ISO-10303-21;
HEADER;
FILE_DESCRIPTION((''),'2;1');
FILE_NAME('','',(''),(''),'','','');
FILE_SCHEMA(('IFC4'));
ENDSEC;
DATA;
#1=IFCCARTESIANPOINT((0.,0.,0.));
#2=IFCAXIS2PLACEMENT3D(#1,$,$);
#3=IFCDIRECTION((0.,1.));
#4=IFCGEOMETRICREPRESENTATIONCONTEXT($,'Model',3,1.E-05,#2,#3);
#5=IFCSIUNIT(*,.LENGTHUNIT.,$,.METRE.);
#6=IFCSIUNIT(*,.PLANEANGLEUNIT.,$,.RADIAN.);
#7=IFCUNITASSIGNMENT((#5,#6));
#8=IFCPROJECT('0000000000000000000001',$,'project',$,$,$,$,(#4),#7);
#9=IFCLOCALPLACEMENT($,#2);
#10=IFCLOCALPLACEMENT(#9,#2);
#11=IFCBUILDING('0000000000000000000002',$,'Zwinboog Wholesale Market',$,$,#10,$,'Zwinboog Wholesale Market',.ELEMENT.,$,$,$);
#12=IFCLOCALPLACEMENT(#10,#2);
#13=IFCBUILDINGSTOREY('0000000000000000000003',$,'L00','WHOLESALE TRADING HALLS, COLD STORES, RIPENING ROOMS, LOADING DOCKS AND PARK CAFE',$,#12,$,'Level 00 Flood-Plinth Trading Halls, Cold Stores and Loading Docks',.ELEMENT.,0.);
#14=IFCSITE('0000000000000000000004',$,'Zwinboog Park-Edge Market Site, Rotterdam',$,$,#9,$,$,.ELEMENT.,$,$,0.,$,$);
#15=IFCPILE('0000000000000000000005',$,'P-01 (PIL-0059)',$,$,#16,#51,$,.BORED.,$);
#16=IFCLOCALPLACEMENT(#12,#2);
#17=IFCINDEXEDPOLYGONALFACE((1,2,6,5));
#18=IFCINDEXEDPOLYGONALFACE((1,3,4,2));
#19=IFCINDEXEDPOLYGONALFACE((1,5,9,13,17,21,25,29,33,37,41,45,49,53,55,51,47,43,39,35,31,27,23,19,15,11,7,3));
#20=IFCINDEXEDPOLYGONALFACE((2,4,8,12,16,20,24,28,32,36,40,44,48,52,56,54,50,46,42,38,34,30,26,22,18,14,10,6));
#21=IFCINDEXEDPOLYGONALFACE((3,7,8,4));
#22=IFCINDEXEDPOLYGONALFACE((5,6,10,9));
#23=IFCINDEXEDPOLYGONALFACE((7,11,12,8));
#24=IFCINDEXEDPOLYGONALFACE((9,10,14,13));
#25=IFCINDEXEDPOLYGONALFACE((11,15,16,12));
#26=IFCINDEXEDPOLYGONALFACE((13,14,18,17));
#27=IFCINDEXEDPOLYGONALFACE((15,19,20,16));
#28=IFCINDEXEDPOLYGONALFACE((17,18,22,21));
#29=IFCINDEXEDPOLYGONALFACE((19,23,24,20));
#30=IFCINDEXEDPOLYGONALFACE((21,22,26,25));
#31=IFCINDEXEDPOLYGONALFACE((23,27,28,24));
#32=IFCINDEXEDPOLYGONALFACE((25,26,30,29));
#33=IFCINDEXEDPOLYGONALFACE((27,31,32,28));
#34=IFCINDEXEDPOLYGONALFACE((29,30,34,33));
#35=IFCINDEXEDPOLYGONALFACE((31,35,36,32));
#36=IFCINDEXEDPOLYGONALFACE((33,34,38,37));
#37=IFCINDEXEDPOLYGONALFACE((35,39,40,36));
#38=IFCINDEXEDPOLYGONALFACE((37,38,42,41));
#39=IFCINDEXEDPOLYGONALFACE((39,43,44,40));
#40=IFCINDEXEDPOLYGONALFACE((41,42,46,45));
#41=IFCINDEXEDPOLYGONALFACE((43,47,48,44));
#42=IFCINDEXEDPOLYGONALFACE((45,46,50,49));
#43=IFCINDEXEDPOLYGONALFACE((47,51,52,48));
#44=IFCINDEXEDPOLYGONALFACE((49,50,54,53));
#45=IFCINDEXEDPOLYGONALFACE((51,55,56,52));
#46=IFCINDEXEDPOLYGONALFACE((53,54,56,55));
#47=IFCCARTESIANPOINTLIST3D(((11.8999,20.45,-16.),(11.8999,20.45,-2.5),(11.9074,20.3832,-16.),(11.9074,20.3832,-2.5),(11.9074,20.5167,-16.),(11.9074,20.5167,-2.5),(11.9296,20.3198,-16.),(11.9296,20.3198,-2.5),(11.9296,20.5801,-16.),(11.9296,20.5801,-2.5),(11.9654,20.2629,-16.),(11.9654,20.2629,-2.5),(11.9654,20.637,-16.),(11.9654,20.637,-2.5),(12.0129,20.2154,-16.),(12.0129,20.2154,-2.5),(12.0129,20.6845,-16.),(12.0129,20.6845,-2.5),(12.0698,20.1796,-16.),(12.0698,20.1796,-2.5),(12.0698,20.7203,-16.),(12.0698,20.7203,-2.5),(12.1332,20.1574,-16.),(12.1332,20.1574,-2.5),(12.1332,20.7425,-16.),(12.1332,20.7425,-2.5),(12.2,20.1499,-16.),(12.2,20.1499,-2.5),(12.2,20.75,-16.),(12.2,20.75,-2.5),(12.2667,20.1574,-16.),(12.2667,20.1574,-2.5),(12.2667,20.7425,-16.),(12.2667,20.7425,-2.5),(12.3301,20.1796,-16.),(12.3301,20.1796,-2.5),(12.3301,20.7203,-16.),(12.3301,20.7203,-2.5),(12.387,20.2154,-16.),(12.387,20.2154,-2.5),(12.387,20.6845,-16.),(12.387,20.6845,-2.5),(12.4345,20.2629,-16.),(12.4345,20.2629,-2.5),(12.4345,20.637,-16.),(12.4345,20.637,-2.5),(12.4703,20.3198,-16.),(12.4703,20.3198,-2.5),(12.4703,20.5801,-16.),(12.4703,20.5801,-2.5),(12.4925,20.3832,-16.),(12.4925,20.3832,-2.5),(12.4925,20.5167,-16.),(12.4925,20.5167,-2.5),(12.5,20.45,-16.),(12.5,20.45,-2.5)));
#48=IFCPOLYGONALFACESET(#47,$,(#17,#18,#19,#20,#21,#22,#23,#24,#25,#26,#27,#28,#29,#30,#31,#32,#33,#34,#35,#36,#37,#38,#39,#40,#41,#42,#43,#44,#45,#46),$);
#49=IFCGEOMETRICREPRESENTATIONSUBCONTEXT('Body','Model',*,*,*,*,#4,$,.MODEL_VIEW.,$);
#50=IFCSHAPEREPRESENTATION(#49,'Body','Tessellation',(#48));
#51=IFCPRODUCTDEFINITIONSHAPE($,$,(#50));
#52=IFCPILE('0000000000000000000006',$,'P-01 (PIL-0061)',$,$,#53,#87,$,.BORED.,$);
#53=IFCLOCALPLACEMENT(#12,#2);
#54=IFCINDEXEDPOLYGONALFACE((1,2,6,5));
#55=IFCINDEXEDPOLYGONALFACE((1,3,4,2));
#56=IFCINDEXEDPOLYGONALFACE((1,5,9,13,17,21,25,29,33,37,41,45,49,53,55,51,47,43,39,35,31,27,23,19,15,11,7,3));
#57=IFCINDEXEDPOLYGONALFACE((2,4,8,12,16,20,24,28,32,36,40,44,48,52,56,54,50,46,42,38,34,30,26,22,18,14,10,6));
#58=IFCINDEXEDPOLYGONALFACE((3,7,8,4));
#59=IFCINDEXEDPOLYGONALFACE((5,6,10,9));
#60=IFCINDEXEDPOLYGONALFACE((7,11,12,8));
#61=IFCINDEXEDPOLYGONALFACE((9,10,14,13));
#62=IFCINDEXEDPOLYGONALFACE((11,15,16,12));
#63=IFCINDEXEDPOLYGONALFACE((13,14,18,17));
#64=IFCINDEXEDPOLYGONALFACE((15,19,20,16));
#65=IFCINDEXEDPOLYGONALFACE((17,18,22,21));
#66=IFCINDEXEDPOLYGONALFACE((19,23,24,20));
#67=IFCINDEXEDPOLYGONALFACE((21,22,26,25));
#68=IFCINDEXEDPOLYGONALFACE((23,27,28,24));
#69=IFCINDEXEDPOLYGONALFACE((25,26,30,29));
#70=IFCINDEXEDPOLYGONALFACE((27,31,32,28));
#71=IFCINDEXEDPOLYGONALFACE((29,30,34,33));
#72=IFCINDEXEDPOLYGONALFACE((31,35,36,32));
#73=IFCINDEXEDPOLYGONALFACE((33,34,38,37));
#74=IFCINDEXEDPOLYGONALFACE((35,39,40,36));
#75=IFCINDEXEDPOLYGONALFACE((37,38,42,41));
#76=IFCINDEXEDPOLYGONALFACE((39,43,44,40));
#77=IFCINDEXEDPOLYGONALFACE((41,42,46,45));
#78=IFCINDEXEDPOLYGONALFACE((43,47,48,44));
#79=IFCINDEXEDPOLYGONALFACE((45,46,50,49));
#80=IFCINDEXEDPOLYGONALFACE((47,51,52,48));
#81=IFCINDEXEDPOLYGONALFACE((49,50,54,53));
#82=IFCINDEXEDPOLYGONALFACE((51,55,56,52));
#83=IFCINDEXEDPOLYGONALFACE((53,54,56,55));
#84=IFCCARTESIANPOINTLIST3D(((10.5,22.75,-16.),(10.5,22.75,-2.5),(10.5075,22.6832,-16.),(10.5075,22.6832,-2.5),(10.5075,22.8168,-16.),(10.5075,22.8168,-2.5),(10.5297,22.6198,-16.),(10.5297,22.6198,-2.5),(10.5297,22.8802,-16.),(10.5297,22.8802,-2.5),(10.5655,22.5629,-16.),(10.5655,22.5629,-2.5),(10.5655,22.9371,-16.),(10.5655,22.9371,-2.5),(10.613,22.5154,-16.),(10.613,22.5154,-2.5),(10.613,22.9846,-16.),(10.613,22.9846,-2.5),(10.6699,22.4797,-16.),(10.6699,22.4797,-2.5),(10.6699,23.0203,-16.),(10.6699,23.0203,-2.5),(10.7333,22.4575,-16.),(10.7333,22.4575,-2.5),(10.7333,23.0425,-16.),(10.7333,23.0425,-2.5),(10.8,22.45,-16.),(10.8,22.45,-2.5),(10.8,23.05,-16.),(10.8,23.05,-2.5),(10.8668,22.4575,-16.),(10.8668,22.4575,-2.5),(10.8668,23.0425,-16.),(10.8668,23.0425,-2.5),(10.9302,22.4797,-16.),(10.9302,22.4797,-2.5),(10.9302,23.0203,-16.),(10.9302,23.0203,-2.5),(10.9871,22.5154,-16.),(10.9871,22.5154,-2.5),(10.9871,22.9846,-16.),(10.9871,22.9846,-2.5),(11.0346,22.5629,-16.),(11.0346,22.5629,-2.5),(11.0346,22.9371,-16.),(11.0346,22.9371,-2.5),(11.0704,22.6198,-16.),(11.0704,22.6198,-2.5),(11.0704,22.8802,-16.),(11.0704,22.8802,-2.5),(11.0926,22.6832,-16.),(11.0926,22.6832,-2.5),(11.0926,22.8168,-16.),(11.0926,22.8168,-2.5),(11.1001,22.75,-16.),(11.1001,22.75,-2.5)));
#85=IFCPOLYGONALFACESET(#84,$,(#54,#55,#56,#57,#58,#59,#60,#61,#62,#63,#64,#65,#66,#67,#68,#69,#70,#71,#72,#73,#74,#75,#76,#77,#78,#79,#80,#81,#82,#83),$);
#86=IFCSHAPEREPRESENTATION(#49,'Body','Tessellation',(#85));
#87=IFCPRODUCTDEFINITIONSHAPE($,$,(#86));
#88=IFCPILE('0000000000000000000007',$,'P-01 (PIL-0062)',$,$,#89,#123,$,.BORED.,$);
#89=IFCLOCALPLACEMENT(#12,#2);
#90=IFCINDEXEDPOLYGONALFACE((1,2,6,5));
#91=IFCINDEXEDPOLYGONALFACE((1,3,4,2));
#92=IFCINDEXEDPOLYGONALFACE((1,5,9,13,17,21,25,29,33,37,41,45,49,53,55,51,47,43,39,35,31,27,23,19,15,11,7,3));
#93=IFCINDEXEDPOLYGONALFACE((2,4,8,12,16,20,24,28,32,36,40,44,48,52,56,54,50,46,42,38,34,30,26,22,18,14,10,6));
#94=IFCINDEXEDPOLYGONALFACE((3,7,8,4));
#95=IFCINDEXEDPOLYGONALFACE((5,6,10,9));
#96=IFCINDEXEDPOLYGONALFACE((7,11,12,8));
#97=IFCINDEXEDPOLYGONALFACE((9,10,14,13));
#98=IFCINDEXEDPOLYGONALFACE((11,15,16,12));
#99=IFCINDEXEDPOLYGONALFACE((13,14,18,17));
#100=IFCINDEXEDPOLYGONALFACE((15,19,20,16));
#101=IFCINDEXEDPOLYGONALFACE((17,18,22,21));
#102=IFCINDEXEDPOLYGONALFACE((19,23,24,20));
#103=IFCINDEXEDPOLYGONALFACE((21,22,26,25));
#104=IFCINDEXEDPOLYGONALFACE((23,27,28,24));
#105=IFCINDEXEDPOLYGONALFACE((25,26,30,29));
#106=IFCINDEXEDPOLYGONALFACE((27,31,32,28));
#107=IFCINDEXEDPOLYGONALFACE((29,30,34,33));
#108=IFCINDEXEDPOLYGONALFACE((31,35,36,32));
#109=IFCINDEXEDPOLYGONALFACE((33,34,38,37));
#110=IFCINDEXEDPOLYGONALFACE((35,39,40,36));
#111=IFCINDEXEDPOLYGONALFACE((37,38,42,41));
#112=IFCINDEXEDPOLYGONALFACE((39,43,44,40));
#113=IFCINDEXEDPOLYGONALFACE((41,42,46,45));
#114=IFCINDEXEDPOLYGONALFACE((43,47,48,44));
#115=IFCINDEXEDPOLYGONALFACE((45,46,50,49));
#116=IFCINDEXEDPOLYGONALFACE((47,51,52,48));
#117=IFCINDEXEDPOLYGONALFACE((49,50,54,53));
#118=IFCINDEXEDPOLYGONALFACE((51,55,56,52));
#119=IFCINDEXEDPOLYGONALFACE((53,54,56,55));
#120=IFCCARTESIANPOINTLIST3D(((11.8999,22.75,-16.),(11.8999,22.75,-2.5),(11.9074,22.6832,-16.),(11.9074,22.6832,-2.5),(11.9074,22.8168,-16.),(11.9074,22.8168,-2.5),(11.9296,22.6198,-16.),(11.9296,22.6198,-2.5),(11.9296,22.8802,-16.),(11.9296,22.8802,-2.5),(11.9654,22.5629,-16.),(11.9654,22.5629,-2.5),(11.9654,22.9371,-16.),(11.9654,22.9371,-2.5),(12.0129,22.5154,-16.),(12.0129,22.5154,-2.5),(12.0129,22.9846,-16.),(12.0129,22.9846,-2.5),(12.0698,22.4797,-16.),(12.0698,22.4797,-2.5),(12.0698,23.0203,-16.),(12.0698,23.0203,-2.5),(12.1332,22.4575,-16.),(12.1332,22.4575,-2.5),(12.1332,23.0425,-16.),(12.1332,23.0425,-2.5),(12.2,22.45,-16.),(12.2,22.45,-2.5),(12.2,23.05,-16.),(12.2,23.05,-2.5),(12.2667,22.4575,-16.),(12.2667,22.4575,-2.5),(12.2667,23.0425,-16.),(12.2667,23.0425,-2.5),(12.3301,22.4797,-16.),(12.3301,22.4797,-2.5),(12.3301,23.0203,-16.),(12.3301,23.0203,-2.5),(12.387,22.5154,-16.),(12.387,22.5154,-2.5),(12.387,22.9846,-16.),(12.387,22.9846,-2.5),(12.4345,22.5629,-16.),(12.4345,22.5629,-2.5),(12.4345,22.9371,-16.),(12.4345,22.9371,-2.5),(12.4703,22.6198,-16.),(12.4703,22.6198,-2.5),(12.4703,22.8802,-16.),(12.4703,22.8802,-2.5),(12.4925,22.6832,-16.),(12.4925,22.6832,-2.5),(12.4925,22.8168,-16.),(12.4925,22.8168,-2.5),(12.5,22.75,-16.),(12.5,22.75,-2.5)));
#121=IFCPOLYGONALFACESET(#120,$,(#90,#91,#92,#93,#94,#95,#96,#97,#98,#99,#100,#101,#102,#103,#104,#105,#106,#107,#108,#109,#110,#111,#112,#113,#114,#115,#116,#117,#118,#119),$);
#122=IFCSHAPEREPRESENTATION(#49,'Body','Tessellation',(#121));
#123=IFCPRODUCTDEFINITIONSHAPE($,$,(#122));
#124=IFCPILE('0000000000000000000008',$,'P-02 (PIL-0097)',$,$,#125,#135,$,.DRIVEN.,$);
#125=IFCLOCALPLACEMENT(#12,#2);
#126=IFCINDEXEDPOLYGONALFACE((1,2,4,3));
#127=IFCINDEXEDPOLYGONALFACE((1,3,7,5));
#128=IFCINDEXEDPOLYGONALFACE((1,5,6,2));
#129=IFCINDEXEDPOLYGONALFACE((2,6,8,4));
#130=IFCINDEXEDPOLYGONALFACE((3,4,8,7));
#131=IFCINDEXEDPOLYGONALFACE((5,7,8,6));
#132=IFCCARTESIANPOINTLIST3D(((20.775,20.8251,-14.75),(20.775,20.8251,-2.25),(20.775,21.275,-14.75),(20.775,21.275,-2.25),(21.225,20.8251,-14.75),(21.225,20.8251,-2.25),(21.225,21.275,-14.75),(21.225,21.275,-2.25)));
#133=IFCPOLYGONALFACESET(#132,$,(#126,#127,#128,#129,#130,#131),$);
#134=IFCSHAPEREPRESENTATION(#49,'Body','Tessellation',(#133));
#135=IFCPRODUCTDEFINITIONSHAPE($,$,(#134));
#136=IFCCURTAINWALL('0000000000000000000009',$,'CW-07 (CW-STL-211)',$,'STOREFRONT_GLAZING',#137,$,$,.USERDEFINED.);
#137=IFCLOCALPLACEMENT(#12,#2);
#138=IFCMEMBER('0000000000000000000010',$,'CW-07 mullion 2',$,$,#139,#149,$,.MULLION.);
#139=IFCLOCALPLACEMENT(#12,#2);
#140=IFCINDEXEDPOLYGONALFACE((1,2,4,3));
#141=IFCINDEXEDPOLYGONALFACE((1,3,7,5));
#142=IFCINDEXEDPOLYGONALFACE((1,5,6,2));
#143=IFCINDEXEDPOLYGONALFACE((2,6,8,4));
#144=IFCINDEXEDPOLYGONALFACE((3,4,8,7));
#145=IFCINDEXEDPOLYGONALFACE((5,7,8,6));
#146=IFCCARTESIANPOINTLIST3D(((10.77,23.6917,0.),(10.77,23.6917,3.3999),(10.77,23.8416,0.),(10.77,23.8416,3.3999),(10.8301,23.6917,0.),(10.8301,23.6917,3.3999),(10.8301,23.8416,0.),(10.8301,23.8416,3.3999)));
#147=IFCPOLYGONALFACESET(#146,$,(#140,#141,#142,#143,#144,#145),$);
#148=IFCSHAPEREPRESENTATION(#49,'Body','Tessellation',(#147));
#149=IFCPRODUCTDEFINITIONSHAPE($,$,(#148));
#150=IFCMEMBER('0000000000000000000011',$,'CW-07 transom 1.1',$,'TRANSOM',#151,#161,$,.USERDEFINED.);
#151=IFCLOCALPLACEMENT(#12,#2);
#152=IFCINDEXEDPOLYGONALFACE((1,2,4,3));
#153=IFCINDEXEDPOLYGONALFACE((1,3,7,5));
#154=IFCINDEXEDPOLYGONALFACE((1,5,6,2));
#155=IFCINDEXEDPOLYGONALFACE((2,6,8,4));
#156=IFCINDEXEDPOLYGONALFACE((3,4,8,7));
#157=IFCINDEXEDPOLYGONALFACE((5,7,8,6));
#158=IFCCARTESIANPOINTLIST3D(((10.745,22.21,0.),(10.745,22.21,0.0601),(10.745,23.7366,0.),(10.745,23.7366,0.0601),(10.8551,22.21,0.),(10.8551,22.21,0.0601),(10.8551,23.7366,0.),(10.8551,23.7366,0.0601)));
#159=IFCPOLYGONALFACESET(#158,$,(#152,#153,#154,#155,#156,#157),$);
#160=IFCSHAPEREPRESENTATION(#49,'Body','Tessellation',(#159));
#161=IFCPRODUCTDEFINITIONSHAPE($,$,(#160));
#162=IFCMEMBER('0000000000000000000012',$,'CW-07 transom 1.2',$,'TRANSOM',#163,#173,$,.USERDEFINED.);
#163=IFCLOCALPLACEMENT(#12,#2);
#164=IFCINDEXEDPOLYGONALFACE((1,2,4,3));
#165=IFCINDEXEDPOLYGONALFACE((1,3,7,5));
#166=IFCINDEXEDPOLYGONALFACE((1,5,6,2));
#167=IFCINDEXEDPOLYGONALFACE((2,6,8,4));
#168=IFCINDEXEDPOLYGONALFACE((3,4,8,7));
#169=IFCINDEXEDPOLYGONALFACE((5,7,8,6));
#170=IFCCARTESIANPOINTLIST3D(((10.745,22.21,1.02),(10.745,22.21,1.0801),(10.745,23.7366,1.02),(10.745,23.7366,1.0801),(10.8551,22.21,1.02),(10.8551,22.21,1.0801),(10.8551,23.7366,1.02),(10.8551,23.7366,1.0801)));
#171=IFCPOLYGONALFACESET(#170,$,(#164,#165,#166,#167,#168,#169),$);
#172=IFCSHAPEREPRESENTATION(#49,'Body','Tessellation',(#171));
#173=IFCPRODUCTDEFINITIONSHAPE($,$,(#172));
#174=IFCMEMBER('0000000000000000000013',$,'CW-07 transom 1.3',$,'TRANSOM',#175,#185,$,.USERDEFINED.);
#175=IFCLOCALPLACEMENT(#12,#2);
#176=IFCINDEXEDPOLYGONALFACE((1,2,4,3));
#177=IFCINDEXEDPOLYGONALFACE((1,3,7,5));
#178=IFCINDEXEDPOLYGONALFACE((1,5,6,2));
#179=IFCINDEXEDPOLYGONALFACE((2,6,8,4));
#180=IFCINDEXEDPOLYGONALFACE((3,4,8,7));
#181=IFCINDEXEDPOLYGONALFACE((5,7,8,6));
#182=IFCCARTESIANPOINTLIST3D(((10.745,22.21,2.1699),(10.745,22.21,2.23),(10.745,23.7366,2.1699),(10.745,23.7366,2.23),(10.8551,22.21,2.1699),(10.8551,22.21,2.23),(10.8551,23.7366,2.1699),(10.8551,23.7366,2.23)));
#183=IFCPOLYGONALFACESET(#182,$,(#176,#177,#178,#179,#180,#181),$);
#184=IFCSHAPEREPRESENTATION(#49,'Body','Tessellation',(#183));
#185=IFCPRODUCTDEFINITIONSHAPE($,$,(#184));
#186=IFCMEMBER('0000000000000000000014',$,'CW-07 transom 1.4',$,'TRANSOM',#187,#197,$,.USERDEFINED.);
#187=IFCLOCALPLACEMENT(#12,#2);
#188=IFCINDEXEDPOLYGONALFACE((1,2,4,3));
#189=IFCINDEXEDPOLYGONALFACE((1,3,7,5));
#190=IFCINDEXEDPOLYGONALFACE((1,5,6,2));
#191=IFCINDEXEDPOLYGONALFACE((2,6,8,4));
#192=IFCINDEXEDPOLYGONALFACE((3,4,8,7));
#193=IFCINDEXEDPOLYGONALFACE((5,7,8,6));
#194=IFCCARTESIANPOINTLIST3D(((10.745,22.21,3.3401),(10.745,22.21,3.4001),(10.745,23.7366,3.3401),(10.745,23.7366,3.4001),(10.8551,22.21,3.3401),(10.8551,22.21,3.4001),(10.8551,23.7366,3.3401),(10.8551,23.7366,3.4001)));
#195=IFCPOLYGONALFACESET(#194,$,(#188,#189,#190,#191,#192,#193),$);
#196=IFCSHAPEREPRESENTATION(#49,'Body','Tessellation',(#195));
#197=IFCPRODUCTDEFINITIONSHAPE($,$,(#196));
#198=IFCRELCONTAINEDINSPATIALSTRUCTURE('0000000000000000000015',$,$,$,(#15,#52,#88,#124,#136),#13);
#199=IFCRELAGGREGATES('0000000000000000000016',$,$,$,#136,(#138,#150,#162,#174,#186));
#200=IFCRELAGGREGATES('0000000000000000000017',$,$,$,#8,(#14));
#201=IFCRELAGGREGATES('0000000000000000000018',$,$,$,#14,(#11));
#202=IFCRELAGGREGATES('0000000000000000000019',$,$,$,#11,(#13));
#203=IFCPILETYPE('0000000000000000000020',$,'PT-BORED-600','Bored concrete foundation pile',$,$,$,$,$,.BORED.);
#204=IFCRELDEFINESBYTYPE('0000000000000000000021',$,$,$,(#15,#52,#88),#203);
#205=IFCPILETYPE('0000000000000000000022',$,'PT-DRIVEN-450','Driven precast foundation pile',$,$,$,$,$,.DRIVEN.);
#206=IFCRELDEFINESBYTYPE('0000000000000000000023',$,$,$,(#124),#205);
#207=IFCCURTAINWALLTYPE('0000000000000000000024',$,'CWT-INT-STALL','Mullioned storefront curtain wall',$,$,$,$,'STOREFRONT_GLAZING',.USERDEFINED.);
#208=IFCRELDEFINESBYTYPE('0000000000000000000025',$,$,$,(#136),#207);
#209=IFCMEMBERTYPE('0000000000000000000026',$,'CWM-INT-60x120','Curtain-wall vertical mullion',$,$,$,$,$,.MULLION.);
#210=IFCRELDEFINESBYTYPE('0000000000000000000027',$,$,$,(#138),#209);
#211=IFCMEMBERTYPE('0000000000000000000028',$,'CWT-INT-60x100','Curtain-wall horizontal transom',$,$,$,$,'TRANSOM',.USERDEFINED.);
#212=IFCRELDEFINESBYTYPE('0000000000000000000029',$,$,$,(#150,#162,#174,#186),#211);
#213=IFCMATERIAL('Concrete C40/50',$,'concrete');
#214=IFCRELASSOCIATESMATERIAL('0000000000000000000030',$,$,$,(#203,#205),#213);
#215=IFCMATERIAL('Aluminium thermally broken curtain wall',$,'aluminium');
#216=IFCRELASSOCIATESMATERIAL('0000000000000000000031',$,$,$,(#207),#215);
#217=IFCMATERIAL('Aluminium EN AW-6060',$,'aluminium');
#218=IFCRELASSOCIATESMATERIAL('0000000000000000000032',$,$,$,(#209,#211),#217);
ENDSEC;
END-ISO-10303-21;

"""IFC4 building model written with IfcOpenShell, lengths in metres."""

from ifc_helpers import new_model, si_unit, direction, frame, origin, origin_2d, place, context, subcontext, project, spatial, rectangle, circle, extrude, material, material_profile, profile_set, type_object, element, aggregate, save


model = new_model("IFC4")

# Units and contexts
model_context = context("Model", 3, precision=1e-05, world=origin(), true_north=direction((0.0, 1.0)))
body_context = subcontext(model_context, "Body", "Model", "MODEL_VIEW")
ifc_project = project(units=[si_unit("LENGTHUNIT", "METRE"), si_unit("PLANEANGLEUNIT", "RADIAN")], contexts=[model_context])

# Site, building, storey
site_placement = place(None, origin())
site = spatial("IfcSite", under=ifc_project, at=site_placement, Name="Zwinboog Park-Edge Market Site, Rotterdam", CompositionType="ELEMENT", RefElevation=0.0)
building_placement = place(site_placement, origin())
building = spatial("IfcBuilding", under=site, at=building_placement, Name="Zwinboog Wholesale Market", LongName="Zwinboog Wholesale Market", CompositionType="ELEMENT")
storey_placement = place(building_placement, origin())
storey = spatial("IfcBuildingStorey", under=building, at=storey_placement, Name="L00", Description="WHOLESALE TRADING HALLS, COLD STORES, RIPENING ROOMS, LOADING DOCKS AND PARK CAFE", LongName="Level 00 Flood-Plinth Trading Halls, Cold Stores and Loading Docks", CompositionType="ELEMENT", Elevation=0.0)

# Piles
ifc_material_1 = material(Name="Concrete C40/50", Category="concrete")
ifc_material_profile_1 = material_profile(ifc_material_1, circle(Radius=0.3, at=origin_2d()), Name="PILE D600")
ifc_profile_set_1 = profile_set([ifc_material_profile_1], Name="Concrete C40/50")
pile_type_1 = type_object("IfcPileType", Name="PT-BORED-600", Description="Bored concrete foundation pile", PredefinedType="BORED", material=ifc_profile_set_1)
for number, where, z_axis, x_axis, name in (
    (1, (12.2, 20.45, -2.5), (0.0, 0.0, -1.0), (1.0, 0.0, 0.0), "P-01 (PIL-0059)"),
    (2, (10.8, 22.75, -2.5), (0.0, 0.0, -1.0), (1.0, 0.0, 0.0), "P-01 (PIL-0061)"),
    (3, (12.2, 22.75, -2.5), (0.0, 0.0, -1.0), (1.0, 0.0, 0.0), "P-01 (PIL-0062)"),
):
    element("IfcPile", number, at=place(storey_placement, frame(where, z_axis=z_axis, x_axis=x_axis)), inside=storey, type_object=pile_type_1, Name=name, PredefinedType="BORED", context=body_context, shape_type="SweptSolid", body=[
        extrude(circle(Radius=0.3, at=origin_2d()), origin(), (0.0, 0.0, 1.0), 13.5),
    ])
ifc_material_profile_2 = material_profile(ifc_material_1, rectangle(XDim=0.45, YDim=0.45, at=origin_2d()), Name="PILE SQ450")
ifc_profile_set_2 = profile_set([ifc_material_profile_2], Name="Concrete C40/50")
pile_type_2 = type_object("IfcPileType", Name="PT-DRIVEN-450", Description="Driven precast foundation pile", PredefinedType="DRIVEN", material=ifc_profile_set_2)
pile_placement = place(storey_placement, frame((21.0, 21.05, -2.25), z_axis=(0.0, 0.0, -1.0), x_axis=(1.0, 0.0, 0.0)))
element("IfcPile", 4, at=pile_placement, inside=storey, type_object=pile_type_2, Name="P-02 (PIL-0097)", PredefinedType="DRIVEN", context=body_context, shape_type="SweptSolid", body=[
    extrude(rectangle(XDim=0.45, YDim=0.45, at=origin_2d()), origin(), (0.0, 0.0, 1.0), 12.5),
])

# Curtain wall, members
ifc_material_2 = material(Name="Aluminium thermally broken curtain wall", Category="aluminium")
curtain_wall_type = type_object("IfcCurtainWallType", Name="CWT-INT-STALL", Description="Mullioned storefront curtain wall", ElementType="STOREFRONT_GLAZING", PredefinedType="USERDEFINED", material=ifc_material_2)
curtain_wall_placement = place(storey_placement, origin())
curtain_wall = element("IfcCurtainWall", 5, at=curtain_wall_placement, inside=storey, type_object=curtain_wall_type, Name="CW-07 (CW-STL-211)", ObjectType="STOREFRONT_GLAZING", PredefinedType="USERDEFINED")
ifc_material_3 = material(Name="Aluminium EN AW-6060", Category="aluminium")
ifc_material_profile_3 = material_profile(ifc_material_3, rectangle(XDim=0.0601, YDim=0.1499, at=origin_2d()), Name="AL 60x150")
ifc_profile_set_3 = profile_set([ifc_material_profile_3], Name="Aluminium EN AW-6060")
member_type_1 = type_object("IfcMemberType", Name="CWM-INT-60x120", Description="Curtain-wall vertical mullion", PredefinedType="MULLION", material=ifc_profile_set_3)
member_1_placement = place(storey_placement, frame((10.8, 23.7666, 0.0), z_axis=(0.0, 0.0, 1.0), x_axis=(-1.0, 0.0, 0.0)))
member_1 = element("IfcMember", 6, at=member_1_placement, type_object=member_type_1, Name="CW-07 mullion 2", PredefinedType="MULLION", context=body_context, shape_type="SweptSolid", body=[
    extrude(rectangle(XDim=0.0601, YDim=0.1499, at=origin_2d()), origin(), (0.0, 0.0, 1.0), 3.3999),
])
ifc_material_profile_4 = material_profile(ifc_material_3, rectangle(XDim=0.1101, YDim=0.0601, at=origin_2d()), Name="AL 60x110")
ifc_profile_set_4 = profile_set([ifc_material_profile_4], Name="Aluminium EN AW-6060")
member_type_2 = type_object("IfcMemberType", Name="CWT-INT-60x100", Description="Curtain-wall horizontal transom", ElementType="TRANSOM", PredefinedType="USERDEFINED", material=ifc_profile_set_4)
member_2_placement = place(storey_placement, frame((10.8, 22.21, 0.03), z_axis=(0.0, 1.0, 0.0), x_axis=(-1.0, 0.0, 0.0)))
member_2 = element("IfcMember", 7, at=member_2_placement, type_object=member_type_2, Name="CW-07 transom 1.1", ObjectType="TRANSOM", PredefinedType="USERDEFINED", context=body_context, shape_type="SweptSolid", body=[
    extrude(rectangle(XDim=0.1101, YDim=0.0601, at=origin_2d()), origin(), (0.0, 0.0, 1.0), 1.5266),
])
member_3_placement = place(storey_placement, frame((10.8, 22.21, 1.05), z_axis=(0.0, 1.0, 0.0), x_axis=(-1.0, 0.0, 0.0)))
member_3 = element("IfcMember", 8, at=member_3_placement, type_object=member_type_2, Name="CW-07 transom 1.2", ObjectType="TRANSOM", PredefinedType="USERDEFINED", context=body_context, shape_type="SweptSolid", body=[
    extrude(rectangle(XDim=0.1101, YDim=0.0601, at=origin_2d()), origin(), (0.0, 0.0, 1.0), 1.5266),
])
member_4_placement = place(storey_placement, frame((10.8, 22.21, 2.2), z_axis=(0.0, 1.0, 0.0), x_axis=(-1.0, 0.0, 0.0)))
member_4 = element("IfcMember", 9, at=member_4_placement, type_object=member_type_2, Name="CW-07 transom 1.3", ObjectType="TRANSOM", PredefinedType="USERDEFINED", context=body_context, shape_type="SweptSolid", body=[
    extrude(rectangle(XDim=0.1101, YDim=0.0601, at=origin_2d()), origin(), (0.0, 0.0, 1.0), 1.5266),
])
member_5_placement = place(storey_placement, frame((10.8, 22.21, 3.3701), z_axis=(0.0, 1.0, 0.0), x_axis=(-1.0, 0.0, 0.0)))
member_5 = element("IfcMember", 10, at=member_5_placement, type_object=member_type_2, Name="CW-07 transom 1.4", ObjectType="TRANSOM", PredefinedType="USERDEFINED", context=body_context, shape_type="SweptSolid", body=[
    extrude(rectangle(XDim=0.1101, YDim=0.0601, at=origin_2d()), origin(), (0.0, 0.0, 1.0), 1.5266),
])
aggregate(curtain_wall, [member_1, member_2, member_3, member_4, member_5])

save(model, "model.ifc")
